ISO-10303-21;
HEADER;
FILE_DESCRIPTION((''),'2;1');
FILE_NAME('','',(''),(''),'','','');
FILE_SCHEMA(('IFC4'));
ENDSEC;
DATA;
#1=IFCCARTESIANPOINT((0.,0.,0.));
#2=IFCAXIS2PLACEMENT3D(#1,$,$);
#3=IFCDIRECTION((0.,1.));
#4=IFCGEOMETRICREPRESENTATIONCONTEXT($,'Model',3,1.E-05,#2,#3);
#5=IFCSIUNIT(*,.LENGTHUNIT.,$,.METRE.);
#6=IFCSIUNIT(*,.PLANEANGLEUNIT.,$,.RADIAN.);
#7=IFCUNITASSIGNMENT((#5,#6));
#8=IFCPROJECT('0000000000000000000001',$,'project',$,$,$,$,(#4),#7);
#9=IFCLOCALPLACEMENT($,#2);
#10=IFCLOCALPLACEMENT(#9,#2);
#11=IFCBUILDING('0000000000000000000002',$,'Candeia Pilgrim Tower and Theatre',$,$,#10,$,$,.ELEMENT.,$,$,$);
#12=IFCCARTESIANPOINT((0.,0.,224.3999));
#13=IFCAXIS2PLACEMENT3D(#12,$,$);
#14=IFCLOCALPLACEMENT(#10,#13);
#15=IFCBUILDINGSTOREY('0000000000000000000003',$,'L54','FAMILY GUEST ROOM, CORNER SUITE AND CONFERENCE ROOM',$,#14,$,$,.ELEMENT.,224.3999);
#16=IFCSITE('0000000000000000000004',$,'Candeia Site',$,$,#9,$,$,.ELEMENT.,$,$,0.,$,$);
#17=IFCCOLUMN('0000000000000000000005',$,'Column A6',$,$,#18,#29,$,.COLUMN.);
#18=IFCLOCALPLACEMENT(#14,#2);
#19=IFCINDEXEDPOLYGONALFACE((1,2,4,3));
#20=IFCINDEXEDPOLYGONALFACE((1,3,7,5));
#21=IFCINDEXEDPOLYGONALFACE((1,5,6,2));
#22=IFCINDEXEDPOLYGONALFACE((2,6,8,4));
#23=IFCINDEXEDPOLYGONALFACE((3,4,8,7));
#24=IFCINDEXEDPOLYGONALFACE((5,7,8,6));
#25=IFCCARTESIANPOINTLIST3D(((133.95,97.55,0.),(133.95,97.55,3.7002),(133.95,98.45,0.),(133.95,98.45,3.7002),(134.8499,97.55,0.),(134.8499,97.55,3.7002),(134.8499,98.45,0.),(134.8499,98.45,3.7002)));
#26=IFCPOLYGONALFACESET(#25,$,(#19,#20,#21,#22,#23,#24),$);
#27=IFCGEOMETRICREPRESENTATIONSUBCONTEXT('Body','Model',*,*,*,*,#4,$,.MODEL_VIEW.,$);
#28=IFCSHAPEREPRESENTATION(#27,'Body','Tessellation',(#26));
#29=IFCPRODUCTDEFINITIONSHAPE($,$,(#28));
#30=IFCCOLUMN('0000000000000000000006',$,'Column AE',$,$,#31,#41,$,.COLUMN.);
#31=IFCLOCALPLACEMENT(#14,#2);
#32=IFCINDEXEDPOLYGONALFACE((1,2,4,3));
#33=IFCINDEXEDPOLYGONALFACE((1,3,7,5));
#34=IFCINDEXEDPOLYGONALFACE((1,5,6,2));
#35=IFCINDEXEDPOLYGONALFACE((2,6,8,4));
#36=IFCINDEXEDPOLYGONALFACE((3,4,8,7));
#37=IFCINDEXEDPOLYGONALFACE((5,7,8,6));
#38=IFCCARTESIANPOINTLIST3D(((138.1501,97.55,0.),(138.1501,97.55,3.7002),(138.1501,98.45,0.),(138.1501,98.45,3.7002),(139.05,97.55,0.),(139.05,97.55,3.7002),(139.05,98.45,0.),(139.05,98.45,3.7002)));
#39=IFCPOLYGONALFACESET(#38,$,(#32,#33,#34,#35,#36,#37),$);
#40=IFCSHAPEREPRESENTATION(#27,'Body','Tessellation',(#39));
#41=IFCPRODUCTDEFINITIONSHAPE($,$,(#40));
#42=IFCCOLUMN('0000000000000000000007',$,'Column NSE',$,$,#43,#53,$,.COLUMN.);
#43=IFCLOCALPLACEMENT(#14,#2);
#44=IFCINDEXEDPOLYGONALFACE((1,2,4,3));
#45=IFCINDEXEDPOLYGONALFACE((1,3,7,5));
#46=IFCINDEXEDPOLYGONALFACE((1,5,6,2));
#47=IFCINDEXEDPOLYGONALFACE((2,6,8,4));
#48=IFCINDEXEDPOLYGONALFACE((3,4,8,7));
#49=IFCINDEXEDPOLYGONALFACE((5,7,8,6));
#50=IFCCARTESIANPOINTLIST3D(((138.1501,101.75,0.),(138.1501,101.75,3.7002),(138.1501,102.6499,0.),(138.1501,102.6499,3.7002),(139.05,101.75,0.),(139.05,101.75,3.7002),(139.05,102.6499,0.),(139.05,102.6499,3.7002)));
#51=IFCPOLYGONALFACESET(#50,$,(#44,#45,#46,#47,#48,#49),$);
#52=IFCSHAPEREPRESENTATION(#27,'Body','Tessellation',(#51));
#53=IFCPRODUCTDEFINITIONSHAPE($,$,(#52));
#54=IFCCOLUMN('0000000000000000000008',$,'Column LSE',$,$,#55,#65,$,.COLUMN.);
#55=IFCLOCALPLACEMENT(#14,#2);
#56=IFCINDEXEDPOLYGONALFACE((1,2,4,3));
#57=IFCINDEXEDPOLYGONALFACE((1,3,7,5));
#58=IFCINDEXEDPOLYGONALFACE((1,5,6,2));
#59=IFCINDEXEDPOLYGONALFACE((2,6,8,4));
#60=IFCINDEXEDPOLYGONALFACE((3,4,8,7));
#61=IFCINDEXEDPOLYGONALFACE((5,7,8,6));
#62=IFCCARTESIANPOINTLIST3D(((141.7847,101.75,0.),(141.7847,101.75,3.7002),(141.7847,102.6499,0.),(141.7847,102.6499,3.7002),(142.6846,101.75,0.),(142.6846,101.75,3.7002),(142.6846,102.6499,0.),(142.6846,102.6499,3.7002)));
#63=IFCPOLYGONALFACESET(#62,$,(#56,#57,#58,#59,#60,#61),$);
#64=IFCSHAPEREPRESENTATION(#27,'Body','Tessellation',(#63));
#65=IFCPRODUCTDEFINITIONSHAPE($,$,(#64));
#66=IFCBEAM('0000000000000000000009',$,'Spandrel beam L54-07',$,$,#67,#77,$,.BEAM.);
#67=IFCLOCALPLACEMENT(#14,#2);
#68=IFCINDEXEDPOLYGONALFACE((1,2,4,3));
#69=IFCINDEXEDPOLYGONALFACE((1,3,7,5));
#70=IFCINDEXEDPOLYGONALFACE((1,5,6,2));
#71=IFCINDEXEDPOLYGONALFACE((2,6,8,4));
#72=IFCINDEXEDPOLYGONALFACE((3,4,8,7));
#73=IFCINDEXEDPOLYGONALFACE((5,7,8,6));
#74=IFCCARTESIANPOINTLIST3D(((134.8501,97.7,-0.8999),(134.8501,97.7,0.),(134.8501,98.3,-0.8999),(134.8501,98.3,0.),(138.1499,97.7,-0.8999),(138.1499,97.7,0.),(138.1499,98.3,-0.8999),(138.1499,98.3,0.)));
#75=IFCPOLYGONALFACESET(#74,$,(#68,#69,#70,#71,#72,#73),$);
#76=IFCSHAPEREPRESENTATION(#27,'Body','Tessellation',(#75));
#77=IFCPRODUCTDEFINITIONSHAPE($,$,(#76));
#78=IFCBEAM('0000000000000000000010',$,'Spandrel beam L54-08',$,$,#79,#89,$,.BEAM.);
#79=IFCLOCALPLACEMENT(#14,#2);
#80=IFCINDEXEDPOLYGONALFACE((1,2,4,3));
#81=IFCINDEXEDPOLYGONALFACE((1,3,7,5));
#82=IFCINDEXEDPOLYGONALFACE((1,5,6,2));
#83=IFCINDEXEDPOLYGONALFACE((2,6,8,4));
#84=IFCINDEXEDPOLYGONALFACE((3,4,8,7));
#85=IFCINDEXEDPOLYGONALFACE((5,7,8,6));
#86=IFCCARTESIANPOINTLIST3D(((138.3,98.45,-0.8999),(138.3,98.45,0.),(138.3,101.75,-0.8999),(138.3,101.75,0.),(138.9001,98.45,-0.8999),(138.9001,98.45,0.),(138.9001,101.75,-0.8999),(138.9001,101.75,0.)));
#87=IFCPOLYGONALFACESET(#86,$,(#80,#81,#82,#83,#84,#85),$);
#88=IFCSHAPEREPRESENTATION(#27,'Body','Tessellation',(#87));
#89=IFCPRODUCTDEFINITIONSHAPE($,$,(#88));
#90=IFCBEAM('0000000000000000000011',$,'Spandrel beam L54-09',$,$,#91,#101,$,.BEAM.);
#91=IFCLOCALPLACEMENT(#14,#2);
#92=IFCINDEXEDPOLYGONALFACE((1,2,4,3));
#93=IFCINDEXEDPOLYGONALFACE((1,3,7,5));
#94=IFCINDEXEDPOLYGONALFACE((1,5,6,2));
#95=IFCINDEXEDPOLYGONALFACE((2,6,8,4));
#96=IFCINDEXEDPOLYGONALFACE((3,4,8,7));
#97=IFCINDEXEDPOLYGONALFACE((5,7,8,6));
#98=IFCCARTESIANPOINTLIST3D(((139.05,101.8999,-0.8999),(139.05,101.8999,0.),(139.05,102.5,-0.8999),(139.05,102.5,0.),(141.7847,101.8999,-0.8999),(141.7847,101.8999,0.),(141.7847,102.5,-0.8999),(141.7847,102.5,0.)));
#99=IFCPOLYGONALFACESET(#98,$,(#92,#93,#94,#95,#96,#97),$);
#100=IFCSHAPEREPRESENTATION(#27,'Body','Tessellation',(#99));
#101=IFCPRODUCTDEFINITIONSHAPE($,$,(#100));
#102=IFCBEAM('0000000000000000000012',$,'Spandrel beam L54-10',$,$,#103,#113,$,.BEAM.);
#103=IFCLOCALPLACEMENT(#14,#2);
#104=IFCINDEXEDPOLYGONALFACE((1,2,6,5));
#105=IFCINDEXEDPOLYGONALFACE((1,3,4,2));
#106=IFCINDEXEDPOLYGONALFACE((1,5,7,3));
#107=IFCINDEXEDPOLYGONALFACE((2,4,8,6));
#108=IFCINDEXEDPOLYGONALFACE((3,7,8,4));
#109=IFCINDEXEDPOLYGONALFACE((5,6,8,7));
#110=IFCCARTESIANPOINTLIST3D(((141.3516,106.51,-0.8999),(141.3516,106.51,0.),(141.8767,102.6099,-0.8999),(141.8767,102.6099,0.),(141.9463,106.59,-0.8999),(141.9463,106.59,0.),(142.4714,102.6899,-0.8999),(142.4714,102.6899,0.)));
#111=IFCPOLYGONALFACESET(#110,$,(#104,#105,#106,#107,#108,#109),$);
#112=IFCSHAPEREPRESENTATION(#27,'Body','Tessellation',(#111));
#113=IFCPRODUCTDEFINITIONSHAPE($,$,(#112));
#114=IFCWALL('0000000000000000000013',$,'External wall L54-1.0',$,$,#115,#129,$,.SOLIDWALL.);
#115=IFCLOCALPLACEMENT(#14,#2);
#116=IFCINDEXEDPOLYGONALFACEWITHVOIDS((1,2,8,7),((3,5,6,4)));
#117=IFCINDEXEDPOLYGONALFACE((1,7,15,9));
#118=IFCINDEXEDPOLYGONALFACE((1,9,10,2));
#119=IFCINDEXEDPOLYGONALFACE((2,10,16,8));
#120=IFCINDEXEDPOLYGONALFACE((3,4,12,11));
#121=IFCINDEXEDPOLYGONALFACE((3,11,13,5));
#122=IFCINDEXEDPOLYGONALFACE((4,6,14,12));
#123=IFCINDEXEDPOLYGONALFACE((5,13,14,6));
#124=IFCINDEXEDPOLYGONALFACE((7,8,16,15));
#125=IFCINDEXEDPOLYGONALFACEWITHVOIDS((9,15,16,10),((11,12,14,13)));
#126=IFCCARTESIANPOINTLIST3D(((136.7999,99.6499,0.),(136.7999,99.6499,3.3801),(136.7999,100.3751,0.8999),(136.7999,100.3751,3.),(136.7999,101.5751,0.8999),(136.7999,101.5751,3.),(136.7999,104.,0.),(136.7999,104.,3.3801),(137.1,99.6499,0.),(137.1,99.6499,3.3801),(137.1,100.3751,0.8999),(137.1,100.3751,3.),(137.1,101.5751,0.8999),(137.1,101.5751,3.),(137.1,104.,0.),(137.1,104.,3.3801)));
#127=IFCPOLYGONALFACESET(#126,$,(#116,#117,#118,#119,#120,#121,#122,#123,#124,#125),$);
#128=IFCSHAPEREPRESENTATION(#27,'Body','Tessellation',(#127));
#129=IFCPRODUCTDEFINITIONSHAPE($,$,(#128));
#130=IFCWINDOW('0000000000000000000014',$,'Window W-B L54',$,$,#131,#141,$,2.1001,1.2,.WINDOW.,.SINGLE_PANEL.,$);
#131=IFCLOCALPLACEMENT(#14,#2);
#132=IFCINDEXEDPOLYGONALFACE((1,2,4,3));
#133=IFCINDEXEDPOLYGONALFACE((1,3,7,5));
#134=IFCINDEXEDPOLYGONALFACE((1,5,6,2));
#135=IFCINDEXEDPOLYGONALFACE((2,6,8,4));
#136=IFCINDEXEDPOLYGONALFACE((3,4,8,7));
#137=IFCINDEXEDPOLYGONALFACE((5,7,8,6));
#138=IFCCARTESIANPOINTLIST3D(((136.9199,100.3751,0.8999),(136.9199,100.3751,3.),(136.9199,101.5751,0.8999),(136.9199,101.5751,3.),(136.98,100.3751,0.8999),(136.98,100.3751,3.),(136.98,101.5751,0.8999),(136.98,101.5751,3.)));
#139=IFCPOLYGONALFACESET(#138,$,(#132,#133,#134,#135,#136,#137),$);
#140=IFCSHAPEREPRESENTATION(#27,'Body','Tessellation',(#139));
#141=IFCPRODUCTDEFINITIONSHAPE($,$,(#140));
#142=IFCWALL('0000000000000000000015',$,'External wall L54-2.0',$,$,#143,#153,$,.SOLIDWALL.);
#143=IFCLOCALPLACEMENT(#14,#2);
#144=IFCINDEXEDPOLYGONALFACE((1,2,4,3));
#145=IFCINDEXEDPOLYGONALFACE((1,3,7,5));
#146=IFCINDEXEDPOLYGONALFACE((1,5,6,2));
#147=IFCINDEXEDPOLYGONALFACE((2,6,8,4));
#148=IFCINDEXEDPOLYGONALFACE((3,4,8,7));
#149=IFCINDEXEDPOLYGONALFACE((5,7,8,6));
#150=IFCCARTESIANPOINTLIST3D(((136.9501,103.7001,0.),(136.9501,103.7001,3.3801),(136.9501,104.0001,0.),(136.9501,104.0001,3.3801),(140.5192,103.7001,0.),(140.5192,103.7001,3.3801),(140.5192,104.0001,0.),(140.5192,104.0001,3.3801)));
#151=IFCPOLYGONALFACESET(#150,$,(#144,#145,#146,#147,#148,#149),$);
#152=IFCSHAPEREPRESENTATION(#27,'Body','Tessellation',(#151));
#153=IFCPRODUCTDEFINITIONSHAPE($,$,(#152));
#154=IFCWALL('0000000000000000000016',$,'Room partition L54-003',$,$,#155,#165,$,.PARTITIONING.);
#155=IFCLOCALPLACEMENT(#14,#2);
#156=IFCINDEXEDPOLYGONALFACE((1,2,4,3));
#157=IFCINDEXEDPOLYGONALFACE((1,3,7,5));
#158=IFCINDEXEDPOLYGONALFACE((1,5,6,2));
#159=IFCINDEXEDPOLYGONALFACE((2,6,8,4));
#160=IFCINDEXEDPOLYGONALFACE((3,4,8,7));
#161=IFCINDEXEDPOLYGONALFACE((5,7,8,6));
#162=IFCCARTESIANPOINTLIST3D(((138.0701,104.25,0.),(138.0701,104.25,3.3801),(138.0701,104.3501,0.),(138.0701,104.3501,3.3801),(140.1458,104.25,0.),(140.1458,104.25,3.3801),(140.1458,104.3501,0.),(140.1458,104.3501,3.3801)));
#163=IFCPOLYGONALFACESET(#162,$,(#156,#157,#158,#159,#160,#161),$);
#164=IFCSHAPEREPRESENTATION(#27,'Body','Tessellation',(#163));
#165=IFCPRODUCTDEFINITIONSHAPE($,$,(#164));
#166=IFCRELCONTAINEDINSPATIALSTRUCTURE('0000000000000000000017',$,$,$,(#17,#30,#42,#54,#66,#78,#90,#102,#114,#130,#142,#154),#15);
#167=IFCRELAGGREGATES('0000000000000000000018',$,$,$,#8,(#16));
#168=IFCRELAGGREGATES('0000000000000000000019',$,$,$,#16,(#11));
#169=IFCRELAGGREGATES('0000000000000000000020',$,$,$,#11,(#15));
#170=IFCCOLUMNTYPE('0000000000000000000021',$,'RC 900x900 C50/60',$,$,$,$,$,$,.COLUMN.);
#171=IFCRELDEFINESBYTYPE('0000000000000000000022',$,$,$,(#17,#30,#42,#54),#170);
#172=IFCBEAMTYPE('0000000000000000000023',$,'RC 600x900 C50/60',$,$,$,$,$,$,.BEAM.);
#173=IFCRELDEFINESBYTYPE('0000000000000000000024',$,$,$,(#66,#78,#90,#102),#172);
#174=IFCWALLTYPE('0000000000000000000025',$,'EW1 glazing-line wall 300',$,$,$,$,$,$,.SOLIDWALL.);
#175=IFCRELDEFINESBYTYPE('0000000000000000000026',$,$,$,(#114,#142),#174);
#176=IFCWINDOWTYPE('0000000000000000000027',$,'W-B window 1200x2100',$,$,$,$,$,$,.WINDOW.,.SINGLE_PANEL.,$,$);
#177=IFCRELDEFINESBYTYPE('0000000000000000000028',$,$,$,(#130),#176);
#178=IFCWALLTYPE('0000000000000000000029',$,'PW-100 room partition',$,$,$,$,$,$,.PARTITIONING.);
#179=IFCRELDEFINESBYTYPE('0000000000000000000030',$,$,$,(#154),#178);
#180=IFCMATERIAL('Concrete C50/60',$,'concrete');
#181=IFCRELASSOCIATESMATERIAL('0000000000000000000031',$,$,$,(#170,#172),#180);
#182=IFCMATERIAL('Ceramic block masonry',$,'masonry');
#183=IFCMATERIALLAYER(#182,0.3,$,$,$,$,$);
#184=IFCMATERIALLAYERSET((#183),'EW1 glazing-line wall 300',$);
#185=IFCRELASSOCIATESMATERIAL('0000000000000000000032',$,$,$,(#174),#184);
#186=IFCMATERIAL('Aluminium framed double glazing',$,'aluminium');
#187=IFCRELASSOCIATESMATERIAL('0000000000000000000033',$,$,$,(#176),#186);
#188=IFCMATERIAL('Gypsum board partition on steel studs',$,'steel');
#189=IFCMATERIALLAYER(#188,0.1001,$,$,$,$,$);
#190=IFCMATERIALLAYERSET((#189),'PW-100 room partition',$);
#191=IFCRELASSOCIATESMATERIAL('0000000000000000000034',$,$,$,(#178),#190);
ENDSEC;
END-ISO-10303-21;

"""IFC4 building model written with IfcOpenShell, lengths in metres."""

from ifc_helpers import new_model, si_unit, direction, frame, frame_2d, origin, origin_2d, place, context, subcontext, project, spatial, rectangle, extrude, material, layer, layer_set, material_profile, profile_set, type_object, element, fill, save


model = new_model("IFC4")

# Units and contexts
model_context = context("Model", 3, precision=1e-05, world=origin(), true_north=direction((0.0, 1.0)))
body_context = subcontext(model_context, "Body", "Model", "MODEL_VIEW")
ifc_project = project(units=[si_unit("LENGTHUNIT", "METRE"), si_unit("PLANEANGLEUNIT", "RADIAN")], contexts=[model_context])

# Site, building, storey
site_placement = place(None, origin())
site = spatial("IfcSite", under=ifc_project, at=site_placement, Name="Candeia Site", CompositionType="ELEMENT", RefElevation=0.0)
building_placement = place(site_placement, origin())
building = spatial("IfcBuilding", under=site, at=building_placement, Name="Candeia Pilgrim Tower and Theatre", CompositionType="ELEMENT")
storey_placement = place(building_placement, frame((0.0, 0.0, 224.3999)))
storey = spatial("IfcBuildingStorey", under=building, at=storey_placement, Name="L54", Description="FAMILY GUEST ROOM, CORNER SUITE AND CONFERENCE ROOM", CompositionType="ELEMENT", Elevation=224.3999)

# Columns
ifc_material_1 = material(Name="Concrete C50/60", Category="concrete")
ifc_material_profile_1 = material_profile(ifc_material_1, rectangle(XDim=0.8999, YDim=0.8999, at=origin_2d()))
ifc_profile_set_1 = profile_set([ifc_material_profile_1], Name="Concrete C50/60")
column_type = type_object("IfcColumnType", Name="RC 900x900 C50/60", PredefinedType="COLUMN", material=ifc_profile_set_1)
for number, where, z_axis, x_axis, name in (
    (1, (134.3999, 98.0, 0.0), (0.0, 0.0, 1.0), (1.0, 0.0, 0.0), "Column A6"),
    (2, (138.6001, 98.0, 0.0), (0.0, 0.0, 1.0), (1.0, 0.0, 0.0), "Column AE"),
    (3, (138.6001, 102.2, 0.0), (0.0, 0.0, 1.0), (1.0, 0.0, 0.0), "Column NSE"),
    (4, (142.2346, 102.2, 0.0), (0.0, 0.0, 1.0), (1.0, 0.0, 0.0), "Column LSE"),
):
    element("IfcColumn", number, at=place(storey_placement, frame(where, z_axis=z_axis, x_axis=x_axis)), inside=storey, type_object=column_type, Name=name, PredefinedType="COLUMN", context=body_context, shape_type="SweptSolid", body=[
        extrude(rectangle(XDim=0.8999, YDim=0.8999, at=origin_2d()), origin(), (0.0, 0.0, 1.0), 3.7002),
    ])

# Beams
ifc_material_profile_2 = material_profile(ifc_material_1, rectangle(XDim=0.6001, YDim=0.8999, at=origin_2d()))
ifc_profile_set_2 = profile_set([ifc_material_profile_2], Name="Concrete C50/60")
beam_type = type_object("IfcBeamType", Name="RC 600x900 C50/60", PredefinedType="BEAM", material=ifc_profile_set_2)
beam_1_placement = place(storey_placement, frame((134.8501, 98.0, -0.45), z_axis=(1.0, 0.0, 0.0), x_axis=(0.0, 1.0, 0.0)))
element("IfcBeam", 5, at=beam_1_placement, inside=storey, type_object=beam_type, Name="Spandrel beam L54-07", PredefinedType="BEAM", context=body_context, shape_type="SweptSolid", body=[
    extrude(rectangle(XDim=0.6001, YDim=0.8999, at=origin_2d()), origin(), (0.0, 0.0, 1.0), 3.2998),
])
beam_2_placement = place(storey_placement, frame((138.6001, 98.45, -0.45), z_axis=(0.0, 1.0, 0.0), x_axis=(-1.0, 0.0, 0.0)))
element("IfcBeam", 6, at=beam_2_placement, inside=storey, type_object=beam_type, Name="Spandrel beam L54-08", PredefinedType="BEAM", context=body_context, shape_type="SweptSolid", body=[
    extrude(rectangle(XDim=0.6001, YDim=0.8999, at=origin_2d()), origin(), (0.0, 0.0, 1.0), 3.3),
])
beam_3_placement = place(storey_placement, frame((139.05, 102.2, -0.45), z_axis=(1.0, 0.0, 0.0), x_axis=(0.0, 1.0, 0.0)))
element("IfcBeam", 7, at=beam_3_placement, inside=storey, type_object=beam_type, Name="Spandrel beam L54-09", PredefinedType="BEAM", context=body_context, shape_type="SweptSolid", body=[
    extrude(rectangle(XDim=0.6001, YDim=0.8999, at=origin_2d()), origin(), (0.0, 0.0, 1.0), 2.7346),
])
beam_4_placement = place(storey_placement, frame((142.1741, 102.6499, -0.45), z_axis=(-0.133444, 0.991056, 0.0), x_axis=(-0.991056, -0.133444, 0.0)))
element("IfcBeam", 8, at=beam_4_placement, inside=storey, type_object=beam_type, Name="Spandrel beam L54-10", PredefinedType="BEAM", context=body_context, shape_type="SweptSolid", body=[
    extrude(rectangle(XDim=0.6001, YDim=0.8999, at=origin_2d()), origin(), (0.0, 0.0, 1.0), 3.9353),
])

# Wall, opening, window
ifc_material_2 = material(Name="Ceramic block masonry", Category="masonry")
ifc_layer_1 = layer(ifc_material_2, 0.3)
ifc_layer_set_1 = layer_set([ifc_layer_1], Name="EW1 glazing-line wall 300")
wall_type_1 = type_object("IfcWallType", Name="EW1 glazing-line wall 300", PredefinedType="SOLIDWALL", material=ifc_layer_set_1)
wall_1_placement = place(storey_placement, frame((136.95, 99.6499, 0.0), z_axis=(0.0, 0.0, 1.0), x_axis=(0.0, 1.0, 0.0)))
wall_1 = element("IfcWall", 9, at=wall_1_placement, inside=storey, type_object=wall_type_1, Name="External wall L54-1.0", PredefinedType="SOLIDWALL", context=body_context, shape_type="SweptSolid", body=[
    extrude(rectangle(XDim=4.3501, YDim=0.3, at=frame_2d((2.175, 0.0))), origin(), (0.0, 0.0, 1.0), 3.3801),
])
opening_1_placement = place(wall_1_placement, frame((0.7251, 0.0, 0.8999)))
opening_1 = element("IfcOpeningElement", 10, at=opening_1_placement, cuts=wall_1, PredefinedType="OPENING", context=body_context, shape_type="SweptSolid", body=[
    extrude(rectangle(XDim=1.2, YDim=2.1001, at=frame_2d((0.6001, 1.05))), frame((0.0, 0.1602, 0.0), z_axis=(0.0, -1.0, 0.0), x_axis=(1.0, 0.0, 0.0)), (0.0, 0.0, 1.0), 0.3201),
])
ifc_material_3 = material(Name="Aluminium framed double glazing", Category="aluminium")
window_type = type_object("IfcWindowType", Name="W-B window 1200x2100", PartitioningType="SINGLE_PANEL", PredefinedType="WINDOW", material=ifc_material_3)
window_1_placement = place(opening_1_placement, origin())
window_1 = element("IfcWindow", 11, at=window_1_placement, inside=storey, type_object=window_type, Name="Window W-B L54", OverallHeight=2.1001, OverallWidth=1.2, PartitioningType="SINGLE_PANEL", PredefinedType="WINDOW", context=body_context, shape_type="SweptSolid", body=[
    extrude(rectangle(XDim=1.2, YDim=2.1001, at=frame_2d((0.6001, 1.05))), frame((0.0, 0.03, 0.0), z_axis=(0.0, -1.0, 0.0), x_axis=(1.0, 0.0, 0.0)), (0.0, 0.0, 1.0), 0.0601),
])
fill(opening_1, window_1)

# Wall
wall_2_placement = place(storey_placement, frame((136.95, 103.8501, 0.0), z_axis=(0.0, 0.0, 1.0), x_axis=(1.0, 0.0, 0.0)))
element("IfcWall", 12, at=wall_2_placement, inside=storey, type_object=wall_type_1, Name="External wall L54-2.0", PredefinedType="SOLIDWALL", context=body_context, shape_type="SweptSolid", body=[
    extrude(rectangle(XDim=3.5691, YDim=0.3, at=frame_2d((1.7847, 0.0))), origin(), (0.0, 0.0, 1.0), 3.3801),
])

# Wall
ifc_material_4 = material(Name="Gypsum board partition on steel studs", Category="steel")
ifc_layer_2 = layer(ifc_material_4, 0.1001)
ifc_layer_set_2 = layer_set([ifc_layer_2], Name="PW-100 room partition")
wall_type_2 = type_object("IfcWallType", Name="PW-100 room partition", PredefinedType="PARTITIONING", material=ifc_layer_set_2)
wall_3_placement = place(storey_placement, frame((138.0701, 104.3, 0.0), z_axis=(0.0, 0.0, 1.0), x_axis=(1.0, 0.0, 0.0)))
element("IfcWall", 13, at=wall_3_placement, inside=storey, type_object=wall_type_2, Name="Room partition L54-003", PredefinedType="PARTITIONING", context=body_context, shape_type="SweptSolid", body=[
    extrude(rectangle(XDim=2.0757, YDim=0.1001, at=frame_2d((1.0378, 0.0))), origin(), (0.0, 0.0, 1.0), 3.3801),
])

save(model, "model.ifc")
